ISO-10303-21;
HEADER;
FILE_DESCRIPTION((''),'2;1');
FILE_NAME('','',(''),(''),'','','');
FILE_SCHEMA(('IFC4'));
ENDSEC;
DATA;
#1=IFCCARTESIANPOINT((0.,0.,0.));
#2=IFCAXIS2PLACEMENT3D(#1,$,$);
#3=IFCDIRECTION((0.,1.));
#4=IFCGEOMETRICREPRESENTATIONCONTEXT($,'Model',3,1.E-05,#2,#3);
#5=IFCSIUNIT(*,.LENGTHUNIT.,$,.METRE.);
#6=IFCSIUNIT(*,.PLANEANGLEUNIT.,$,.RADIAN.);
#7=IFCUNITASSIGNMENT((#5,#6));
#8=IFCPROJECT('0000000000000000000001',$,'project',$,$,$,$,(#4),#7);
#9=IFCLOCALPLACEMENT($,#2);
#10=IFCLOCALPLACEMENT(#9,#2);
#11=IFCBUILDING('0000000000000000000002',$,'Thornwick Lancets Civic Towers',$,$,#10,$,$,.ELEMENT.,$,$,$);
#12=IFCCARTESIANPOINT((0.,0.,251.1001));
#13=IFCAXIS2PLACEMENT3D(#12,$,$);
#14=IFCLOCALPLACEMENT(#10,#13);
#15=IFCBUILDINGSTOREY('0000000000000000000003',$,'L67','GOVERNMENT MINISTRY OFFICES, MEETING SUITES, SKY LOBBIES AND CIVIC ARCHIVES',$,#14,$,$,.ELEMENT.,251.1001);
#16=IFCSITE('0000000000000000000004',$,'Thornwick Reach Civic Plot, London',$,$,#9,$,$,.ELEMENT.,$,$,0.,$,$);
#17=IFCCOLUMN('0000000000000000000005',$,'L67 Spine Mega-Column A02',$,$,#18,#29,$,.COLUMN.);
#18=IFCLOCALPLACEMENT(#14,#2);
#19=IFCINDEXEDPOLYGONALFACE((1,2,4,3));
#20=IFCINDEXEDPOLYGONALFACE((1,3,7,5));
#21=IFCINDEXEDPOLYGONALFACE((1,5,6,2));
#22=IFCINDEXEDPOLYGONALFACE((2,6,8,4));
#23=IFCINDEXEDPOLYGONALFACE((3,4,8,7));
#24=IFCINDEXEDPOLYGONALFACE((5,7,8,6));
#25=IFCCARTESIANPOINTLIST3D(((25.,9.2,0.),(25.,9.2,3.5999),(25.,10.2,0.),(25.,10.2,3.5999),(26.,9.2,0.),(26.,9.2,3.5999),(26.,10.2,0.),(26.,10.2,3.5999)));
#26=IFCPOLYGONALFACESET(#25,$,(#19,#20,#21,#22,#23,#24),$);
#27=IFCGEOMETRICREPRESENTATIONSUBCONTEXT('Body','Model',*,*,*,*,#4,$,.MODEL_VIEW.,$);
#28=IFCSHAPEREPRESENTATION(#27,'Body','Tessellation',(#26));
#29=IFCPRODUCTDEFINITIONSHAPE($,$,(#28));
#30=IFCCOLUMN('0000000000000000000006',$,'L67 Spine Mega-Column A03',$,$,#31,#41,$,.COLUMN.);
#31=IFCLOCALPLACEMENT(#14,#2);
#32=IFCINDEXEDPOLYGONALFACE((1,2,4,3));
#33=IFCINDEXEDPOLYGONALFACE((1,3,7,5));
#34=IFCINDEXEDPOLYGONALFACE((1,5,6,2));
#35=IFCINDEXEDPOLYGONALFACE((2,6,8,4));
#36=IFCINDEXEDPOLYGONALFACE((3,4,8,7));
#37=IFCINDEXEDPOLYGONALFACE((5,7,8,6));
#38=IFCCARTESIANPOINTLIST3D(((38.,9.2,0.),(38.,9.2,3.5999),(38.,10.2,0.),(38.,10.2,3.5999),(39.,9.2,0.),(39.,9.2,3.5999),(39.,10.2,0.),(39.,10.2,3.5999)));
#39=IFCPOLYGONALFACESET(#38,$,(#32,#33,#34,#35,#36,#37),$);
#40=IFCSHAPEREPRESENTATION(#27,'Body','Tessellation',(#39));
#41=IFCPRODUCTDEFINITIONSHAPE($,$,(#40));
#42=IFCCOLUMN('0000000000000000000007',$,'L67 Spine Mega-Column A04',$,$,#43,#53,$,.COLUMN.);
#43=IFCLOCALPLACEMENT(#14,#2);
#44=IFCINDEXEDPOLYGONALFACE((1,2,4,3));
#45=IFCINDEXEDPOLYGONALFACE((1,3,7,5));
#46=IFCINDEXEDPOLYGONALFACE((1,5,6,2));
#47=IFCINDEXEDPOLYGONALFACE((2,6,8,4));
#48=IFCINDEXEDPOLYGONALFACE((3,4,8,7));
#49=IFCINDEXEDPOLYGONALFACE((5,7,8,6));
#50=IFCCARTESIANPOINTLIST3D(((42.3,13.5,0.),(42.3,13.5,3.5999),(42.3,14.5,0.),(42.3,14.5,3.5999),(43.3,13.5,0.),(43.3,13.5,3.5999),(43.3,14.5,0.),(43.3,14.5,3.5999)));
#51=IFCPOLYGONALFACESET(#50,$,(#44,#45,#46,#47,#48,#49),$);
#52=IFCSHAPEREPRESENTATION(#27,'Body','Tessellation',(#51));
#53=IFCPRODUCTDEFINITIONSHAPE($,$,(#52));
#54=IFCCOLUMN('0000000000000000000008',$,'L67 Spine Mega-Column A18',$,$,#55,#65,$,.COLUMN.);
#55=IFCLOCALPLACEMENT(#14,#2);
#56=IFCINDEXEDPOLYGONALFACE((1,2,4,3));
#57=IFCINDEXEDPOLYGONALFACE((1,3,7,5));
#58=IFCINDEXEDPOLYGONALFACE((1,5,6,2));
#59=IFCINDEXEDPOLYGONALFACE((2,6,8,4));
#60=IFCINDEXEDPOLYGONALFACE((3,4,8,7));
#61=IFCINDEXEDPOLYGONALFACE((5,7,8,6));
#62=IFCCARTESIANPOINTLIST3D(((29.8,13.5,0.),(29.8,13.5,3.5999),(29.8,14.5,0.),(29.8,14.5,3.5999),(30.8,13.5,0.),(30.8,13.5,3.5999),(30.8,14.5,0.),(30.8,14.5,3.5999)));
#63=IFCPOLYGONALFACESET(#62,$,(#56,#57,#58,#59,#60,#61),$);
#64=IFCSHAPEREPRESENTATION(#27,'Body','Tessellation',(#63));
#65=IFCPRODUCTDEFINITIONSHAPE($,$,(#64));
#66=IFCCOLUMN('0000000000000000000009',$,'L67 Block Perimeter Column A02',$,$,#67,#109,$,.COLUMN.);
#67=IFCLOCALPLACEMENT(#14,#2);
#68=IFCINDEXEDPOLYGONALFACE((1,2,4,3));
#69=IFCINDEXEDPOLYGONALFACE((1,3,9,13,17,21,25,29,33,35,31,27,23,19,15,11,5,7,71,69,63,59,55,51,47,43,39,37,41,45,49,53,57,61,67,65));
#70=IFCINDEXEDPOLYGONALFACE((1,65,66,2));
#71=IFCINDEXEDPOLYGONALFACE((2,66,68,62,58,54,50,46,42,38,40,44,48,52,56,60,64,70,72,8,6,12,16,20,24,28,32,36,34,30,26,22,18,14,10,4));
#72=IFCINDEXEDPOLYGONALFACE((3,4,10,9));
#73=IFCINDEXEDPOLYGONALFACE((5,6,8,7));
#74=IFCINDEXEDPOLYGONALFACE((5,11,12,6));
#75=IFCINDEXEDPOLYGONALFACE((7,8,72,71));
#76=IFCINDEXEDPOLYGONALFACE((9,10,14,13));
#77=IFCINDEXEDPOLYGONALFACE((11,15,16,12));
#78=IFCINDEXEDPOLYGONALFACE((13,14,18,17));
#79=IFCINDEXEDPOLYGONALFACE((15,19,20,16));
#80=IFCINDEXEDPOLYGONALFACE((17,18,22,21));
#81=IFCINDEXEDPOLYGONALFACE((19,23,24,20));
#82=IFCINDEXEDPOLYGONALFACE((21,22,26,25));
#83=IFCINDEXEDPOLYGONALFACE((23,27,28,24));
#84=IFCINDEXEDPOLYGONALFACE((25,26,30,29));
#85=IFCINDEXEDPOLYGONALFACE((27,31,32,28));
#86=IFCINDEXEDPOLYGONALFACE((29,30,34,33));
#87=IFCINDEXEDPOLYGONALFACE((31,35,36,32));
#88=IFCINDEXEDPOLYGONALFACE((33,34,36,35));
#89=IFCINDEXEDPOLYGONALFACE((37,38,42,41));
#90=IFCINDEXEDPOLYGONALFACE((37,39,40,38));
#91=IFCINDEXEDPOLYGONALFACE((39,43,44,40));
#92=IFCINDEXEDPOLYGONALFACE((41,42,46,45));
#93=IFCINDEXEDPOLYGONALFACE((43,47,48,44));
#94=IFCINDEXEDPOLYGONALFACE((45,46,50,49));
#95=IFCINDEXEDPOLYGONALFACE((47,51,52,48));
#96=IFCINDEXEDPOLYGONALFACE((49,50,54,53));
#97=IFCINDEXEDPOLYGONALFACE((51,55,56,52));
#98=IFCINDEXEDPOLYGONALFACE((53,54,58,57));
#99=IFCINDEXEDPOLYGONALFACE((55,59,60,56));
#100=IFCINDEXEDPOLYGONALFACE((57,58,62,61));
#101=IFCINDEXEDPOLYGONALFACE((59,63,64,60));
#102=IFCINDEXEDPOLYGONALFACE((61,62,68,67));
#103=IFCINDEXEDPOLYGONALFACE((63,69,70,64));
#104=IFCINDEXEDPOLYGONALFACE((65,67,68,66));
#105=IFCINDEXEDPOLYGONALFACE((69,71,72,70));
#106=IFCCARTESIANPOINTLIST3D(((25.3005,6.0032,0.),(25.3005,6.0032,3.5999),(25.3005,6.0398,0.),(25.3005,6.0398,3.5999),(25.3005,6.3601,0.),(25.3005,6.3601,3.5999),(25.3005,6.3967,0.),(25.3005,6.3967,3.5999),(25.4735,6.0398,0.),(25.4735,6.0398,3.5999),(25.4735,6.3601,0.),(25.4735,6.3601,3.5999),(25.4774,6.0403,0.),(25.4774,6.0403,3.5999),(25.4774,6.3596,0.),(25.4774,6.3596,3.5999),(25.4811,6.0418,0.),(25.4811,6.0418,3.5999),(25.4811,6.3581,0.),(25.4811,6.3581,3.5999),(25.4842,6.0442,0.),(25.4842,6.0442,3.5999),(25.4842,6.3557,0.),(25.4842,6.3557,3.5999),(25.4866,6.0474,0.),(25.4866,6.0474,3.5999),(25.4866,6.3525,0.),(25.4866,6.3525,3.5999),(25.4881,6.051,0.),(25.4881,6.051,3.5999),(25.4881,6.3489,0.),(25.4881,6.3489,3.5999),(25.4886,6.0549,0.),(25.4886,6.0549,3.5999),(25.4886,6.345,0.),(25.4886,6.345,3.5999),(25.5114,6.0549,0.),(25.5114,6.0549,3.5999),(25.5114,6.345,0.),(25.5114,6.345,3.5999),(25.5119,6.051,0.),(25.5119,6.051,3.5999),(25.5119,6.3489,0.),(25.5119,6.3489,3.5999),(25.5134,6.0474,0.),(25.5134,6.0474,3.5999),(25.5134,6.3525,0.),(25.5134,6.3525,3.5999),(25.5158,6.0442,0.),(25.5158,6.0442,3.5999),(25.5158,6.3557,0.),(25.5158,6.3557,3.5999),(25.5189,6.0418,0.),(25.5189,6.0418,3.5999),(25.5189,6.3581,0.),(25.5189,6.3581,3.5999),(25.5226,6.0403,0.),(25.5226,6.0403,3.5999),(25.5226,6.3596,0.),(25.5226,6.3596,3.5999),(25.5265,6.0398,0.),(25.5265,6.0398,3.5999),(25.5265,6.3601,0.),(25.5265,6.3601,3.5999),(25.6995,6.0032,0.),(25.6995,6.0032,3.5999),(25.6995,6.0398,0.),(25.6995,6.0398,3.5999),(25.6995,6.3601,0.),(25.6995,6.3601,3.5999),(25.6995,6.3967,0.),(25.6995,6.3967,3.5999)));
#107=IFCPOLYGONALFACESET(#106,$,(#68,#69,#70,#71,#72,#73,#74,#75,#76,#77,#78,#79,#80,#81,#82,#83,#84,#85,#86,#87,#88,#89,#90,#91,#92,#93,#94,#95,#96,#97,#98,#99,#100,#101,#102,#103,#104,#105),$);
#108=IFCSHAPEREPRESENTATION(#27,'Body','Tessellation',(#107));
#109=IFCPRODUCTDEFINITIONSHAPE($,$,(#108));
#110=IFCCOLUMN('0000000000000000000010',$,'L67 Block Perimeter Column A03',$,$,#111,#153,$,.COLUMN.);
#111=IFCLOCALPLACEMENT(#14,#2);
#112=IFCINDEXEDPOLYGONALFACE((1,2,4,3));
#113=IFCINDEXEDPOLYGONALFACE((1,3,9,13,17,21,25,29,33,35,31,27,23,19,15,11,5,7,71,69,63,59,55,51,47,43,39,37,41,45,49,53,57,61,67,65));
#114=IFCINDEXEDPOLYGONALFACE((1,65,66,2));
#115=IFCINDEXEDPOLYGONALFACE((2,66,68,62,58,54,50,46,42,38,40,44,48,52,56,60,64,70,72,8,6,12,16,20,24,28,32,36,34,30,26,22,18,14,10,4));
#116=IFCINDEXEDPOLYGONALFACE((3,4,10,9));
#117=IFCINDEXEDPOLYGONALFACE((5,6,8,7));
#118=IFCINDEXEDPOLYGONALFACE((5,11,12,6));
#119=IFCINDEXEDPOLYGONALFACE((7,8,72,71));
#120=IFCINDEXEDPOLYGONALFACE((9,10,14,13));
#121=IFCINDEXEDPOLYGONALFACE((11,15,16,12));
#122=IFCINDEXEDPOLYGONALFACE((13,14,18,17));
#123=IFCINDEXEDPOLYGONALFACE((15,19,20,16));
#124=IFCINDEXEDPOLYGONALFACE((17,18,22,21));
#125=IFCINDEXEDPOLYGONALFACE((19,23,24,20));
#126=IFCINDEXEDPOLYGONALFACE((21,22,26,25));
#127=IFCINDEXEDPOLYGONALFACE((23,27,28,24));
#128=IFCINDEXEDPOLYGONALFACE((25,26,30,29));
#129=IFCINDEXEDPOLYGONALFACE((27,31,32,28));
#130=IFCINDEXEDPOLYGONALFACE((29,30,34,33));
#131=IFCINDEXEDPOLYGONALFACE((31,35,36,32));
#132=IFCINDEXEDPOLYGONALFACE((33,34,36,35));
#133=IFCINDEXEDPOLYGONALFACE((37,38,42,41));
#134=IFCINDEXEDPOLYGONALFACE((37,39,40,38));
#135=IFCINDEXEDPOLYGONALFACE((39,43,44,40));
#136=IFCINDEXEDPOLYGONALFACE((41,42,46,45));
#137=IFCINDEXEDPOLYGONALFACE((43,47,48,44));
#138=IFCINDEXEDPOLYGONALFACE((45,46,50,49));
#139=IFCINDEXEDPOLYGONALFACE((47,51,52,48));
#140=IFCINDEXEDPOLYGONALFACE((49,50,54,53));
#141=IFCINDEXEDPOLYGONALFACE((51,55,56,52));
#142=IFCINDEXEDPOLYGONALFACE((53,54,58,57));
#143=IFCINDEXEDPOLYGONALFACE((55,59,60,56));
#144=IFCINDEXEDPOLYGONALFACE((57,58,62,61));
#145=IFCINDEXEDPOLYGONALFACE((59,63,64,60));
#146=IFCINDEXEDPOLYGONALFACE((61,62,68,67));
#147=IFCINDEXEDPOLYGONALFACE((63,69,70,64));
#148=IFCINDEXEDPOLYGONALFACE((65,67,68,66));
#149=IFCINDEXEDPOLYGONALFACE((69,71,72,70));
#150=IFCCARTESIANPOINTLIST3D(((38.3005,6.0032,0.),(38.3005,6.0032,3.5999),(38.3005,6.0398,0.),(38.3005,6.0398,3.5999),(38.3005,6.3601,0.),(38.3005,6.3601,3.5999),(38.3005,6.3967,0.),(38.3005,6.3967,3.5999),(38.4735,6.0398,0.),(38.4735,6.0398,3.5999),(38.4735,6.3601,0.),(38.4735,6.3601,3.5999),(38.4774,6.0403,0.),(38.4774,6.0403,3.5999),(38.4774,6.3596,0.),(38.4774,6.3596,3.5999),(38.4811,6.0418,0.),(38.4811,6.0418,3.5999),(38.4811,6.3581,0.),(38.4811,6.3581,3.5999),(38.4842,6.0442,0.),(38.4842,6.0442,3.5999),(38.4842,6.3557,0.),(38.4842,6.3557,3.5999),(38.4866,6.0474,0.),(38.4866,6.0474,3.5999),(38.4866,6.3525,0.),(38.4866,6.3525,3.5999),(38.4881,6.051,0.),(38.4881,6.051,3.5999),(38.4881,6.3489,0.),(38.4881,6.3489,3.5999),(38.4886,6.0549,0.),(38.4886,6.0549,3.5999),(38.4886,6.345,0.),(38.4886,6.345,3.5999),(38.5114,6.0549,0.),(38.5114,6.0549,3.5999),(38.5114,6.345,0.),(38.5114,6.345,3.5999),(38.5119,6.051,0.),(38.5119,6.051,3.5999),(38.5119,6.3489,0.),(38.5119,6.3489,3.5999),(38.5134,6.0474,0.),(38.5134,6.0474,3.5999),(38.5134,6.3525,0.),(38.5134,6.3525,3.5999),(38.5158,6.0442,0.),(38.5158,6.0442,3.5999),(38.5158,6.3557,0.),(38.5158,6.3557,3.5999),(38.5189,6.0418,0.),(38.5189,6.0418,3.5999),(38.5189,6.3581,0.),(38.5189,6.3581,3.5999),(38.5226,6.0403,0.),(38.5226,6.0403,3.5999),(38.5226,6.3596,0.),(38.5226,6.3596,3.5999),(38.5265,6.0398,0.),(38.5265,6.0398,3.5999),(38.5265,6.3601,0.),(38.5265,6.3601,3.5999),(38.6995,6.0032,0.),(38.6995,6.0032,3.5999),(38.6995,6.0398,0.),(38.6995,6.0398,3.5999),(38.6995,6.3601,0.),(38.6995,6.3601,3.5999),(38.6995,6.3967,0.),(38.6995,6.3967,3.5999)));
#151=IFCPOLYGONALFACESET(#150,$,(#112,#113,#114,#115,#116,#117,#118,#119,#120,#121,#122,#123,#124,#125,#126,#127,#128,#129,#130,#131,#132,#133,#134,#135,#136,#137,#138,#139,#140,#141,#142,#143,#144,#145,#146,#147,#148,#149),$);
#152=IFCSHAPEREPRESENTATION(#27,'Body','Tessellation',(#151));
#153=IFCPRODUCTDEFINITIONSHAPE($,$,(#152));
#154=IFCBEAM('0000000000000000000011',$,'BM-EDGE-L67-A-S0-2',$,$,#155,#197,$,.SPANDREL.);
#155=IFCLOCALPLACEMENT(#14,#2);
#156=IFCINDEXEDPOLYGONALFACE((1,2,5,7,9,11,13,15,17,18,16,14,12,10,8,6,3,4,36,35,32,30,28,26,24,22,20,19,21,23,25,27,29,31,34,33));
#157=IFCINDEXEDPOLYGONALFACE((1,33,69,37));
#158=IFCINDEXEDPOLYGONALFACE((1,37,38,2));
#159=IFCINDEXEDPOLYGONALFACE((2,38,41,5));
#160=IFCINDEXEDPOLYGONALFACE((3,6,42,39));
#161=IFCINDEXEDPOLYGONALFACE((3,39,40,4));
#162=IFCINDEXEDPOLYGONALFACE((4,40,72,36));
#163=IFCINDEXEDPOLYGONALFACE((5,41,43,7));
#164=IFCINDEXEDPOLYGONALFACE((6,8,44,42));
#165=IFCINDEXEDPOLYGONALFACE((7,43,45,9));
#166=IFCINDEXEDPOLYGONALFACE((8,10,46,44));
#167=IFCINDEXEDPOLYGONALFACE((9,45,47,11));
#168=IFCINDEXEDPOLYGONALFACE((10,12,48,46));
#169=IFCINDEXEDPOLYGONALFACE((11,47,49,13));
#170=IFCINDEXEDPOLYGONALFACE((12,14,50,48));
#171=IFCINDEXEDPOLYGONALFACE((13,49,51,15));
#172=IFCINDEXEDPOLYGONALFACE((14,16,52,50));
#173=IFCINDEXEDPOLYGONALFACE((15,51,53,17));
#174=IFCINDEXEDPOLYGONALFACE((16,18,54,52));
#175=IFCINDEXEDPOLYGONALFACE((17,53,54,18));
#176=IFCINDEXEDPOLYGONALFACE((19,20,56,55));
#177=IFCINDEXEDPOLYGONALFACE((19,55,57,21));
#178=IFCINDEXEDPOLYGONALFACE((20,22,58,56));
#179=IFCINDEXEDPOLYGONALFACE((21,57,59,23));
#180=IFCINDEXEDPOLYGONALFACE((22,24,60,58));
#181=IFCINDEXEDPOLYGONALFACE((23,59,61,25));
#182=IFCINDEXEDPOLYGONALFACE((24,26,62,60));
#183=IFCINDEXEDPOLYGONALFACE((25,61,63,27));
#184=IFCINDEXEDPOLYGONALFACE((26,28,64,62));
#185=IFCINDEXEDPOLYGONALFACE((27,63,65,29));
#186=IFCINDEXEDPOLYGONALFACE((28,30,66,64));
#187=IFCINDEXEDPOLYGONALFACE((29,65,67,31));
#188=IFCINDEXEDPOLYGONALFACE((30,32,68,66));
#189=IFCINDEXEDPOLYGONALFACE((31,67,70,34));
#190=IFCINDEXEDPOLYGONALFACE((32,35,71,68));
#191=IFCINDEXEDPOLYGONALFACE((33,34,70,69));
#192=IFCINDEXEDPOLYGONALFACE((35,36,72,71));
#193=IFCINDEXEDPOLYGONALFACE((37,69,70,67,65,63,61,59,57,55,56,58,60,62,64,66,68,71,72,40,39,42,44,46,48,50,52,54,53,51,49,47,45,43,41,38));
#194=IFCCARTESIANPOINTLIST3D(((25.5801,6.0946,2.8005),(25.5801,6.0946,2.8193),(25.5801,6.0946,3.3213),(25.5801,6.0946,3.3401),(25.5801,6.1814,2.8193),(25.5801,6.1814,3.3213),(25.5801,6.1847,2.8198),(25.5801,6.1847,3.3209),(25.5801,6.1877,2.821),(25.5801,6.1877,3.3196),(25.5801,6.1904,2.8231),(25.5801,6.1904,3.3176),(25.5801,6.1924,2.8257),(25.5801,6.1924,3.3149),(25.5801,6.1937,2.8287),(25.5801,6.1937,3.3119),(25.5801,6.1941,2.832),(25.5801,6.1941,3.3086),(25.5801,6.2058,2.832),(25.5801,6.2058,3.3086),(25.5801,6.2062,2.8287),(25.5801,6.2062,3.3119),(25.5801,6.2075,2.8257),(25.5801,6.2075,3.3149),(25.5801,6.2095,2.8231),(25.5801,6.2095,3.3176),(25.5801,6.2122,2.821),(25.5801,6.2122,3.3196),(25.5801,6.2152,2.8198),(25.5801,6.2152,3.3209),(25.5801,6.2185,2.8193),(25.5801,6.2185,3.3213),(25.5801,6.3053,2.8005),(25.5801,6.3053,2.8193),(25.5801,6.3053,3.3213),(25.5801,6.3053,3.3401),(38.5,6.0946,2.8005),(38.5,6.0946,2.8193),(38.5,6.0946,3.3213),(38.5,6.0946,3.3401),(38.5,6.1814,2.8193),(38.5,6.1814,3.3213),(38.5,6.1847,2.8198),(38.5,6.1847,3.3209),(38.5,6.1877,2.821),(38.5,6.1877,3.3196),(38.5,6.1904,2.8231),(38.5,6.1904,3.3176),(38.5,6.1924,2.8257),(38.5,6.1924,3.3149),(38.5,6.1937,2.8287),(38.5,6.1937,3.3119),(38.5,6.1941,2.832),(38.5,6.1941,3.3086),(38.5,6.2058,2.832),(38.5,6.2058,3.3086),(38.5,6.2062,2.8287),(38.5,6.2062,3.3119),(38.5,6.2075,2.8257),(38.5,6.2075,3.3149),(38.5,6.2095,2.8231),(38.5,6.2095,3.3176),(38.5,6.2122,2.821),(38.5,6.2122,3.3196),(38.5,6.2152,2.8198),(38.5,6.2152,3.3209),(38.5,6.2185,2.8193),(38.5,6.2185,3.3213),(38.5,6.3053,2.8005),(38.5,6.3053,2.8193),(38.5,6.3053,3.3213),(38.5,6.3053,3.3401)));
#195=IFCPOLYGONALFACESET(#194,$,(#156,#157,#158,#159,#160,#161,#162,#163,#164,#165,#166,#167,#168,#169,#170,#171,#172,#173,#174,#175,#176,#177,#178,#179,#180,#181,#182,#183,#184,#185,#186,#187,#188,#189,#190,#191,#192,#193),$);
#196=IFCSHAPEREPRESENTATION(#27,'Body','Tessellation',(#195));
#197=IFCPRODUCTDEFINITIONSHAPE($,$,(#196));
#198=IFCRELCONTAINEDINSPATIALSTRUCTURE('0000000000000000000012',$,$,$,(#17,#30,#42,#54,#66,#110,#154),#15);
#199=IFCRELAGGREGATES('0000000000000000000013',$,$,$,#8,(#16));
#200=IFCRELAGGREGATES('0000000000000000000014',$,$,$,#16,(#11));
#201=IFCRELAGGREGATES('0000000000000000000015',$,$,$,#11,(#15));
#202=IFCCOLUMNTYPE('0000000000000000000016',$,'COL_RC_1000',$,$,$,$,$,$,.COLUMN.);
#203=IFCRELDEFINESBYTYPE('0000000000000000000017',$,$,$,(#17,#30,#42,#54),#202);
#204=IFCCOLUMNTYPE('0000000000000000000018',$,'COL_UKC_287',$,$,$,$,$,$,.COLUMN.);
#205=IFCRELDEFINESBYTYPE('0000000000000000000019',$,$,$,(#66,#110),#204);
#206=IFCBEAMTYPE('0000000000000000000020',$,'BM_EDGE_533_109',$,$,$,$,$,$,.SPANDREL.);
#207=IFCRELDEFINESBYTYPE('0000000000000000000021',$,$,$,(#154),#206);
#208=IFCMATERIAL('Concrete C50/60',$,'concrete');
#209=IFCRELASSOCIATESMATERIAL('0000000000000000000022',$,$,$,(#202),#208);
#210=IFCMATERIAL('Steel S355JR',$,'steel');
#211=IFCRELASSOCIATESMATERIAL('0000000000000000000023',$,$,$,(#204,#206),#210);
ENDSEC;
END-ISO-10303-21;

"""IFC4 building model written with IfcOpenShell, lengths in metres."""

from ifc_helpers import new_model, si_unit, direction, frame, origin, origin_2d, place, context, subcontext, project, spatial, rectangle, i_section, extrude, material, material_profile, profile_set, type_object, element, save


model = new_model("IFC4")

# Units and contexts
model_context = context("Model", 3, precision=1e-05, world=origin(), true_north=direction((0.0, 1.0)))
body_context = subcontext(model_context, "Body", "Model", "MODEL_VIEW")
ifc_project = project(units=[si_unit("LENGTHUNIT", "METRE"), si_unit("PLANEANGLEUNIT", "RADIAN")], contexts=[model_context])

# Site, building, storey
site_placement = place(None, origin())
site = spatial("IfcSite", under=ifc_project, at=site_placement, Name="Thornwick Reach Civic Plot, London", CompositionType="ELEMENT", RefElevation=0.0)
building_placement = place(site_placement, origin())
building = spatial("IfcBuilding", under=site, at=building_placement, Name="Thornwick Lancets Civic Towers", CompositionType="ELEMENT")
storey_placement = place(building_placement, frame((0.0, 0.0, 251.1001)))
storey = spatial("IfcBuildingStorey", under=building, at=storey_placement, Name="L67", Description="GOVERNMENT MINISTRY OFFICES, MEETING SUITES, SKY LOBBIES AND CIVIC ARCHIVES", CompositionType="ELEMENT", Elevation=251.1001)

# Columns
ifc_material_1 = material(Name="Concrete C50/60", Category="concrete")
ifc_material_profile_1 = material_profile(ifc_material_1, rectangle(XDim=1.0, YDim=1.0, at=origin_2d()), Name="RC 1000x1000")
ifc_profile_set_1 = profile_set([ifc_material_profile_1], Name="Concrete C50/60")
column_type_1 = type_object("IfcColumnType", Name="COL_RC_1000", PredefinedType="COLUMN", material=ifc_profile_set_1)
for number, where, z_axis, x_axis, name in (
    (1, (25.5, 9.7, 0.0), (0.0, 0.0, 1.0), (1.0, 0.0, 0.0), "L67 Spine Mega-Column A02"),
    (2, (38.5, 9.7, 0.0), (0.0, 0.0, 1.0), (1.0, 0.0, 0.0), "L67 Spine Mega-Column A03"),
    (3, (42.8, 14.0, 0.0), (0.0, 0.0, 1.0), (1.0, 0.0, 0.0), "L67 Spine Mega-Column A04"),
    (4, (30.3, 14.0, 0.0), (0.0, 0.0, 1.0), (1.0, 0.0, 0.0), "L67 Spine Mega-Column A18"),
):
    element("IfcColumn", number, at=place(storey_placement, frame(where, z_axis=z_axis, x_axis=x_axis)), inside=storey, type_object=column_type_1, Name=name, PredefinedType="COLUMN", context=body_context, shape_type="SweptSolid", body=[
        extrude(rectangle(XDim=1.0, YDim=1.0, at=origin_2d()), origin(), (0.0, 0.0, 1.0), 3.5999),
    ])
ifc_material_2 = material(Name="Steel S355JR", Category="steel")
ifc_material_profile_2 = material_profile(ifc_material_2, i_section(OverallWidth=0.3989, OverallDepth=0.3936, WebThickness=0.0227, FlangeThickness=0.0366, FilletRadius=0.0151, at=origin_2d()), Name="UKC 356x406x287")
ifc_profile_set_2 = profile_set([ifc_material_profile_2], Name="Steel S355JR")
column_type_2 = type_object("IfcColumnType", Name="COL_UKC_287", PredefinedType="COLUMN", material=ifc_profile_set_2)
for number, where, z_axis, x_axis, name in (
    (5, (25.5, 6.2, 0.0), (0.0, 0.0, 1.0), (1.0, 0.0, 0.0), "L67 Block Perimeter Column A02"),
    (6, (38.5, 6.2, 0.0), (0.0, 0.0, 1.0), (1.0, 0.0, 0.0), "L67 Block Perimeter Column A03"),
):
    element("IfcColumn", number, at=place(storey_placement, frame(where, z_axis=z_axis, x_axis=x_axis)), inside=storey, type_object=column_type_2, Name=name, PredefinedType="COLUMN", context=body_context, shape_type="SweptSolid", body=[
        extrude(i_section(OverallWidth=0.3989, OverallDepth=0.3936, WebThickness=0.0227, FlangeThickness=0.0366, FilletRadius=0.0151, at=origin_2d()), origin(), (0.0, 0.0, 1.0), 3.5999),
    ])

# Beam
ifc_material_profile_3 = material_profile(ifc_material_2, i_section(OverallWidth=0.2107, OverallDepth=0.5396, WebThickness=0.0117, FlangeThickness=0.0188, FilletRadius=0.0127, at=origin_2d()), Name="UKB 533x210x109")
ifc_profile_set_3 = profile_set([ifc_material_profile_3], Name="Steel S355JR")
beam_type_1 = type_object("IfcBeamType", Name="BM_EDGE_533_109", PredefinedType="SPANDREL", material=ifc_profile_set_3)
beam_1_placement = place(storey_placement, frame((25.5801, 6.2, 3.0703), z_axis=(1.0, 0.0, 0.0), x_axis=(0.0, 1.0, 0.0)))
element("IfcBeam", 7, at=beam_1_placement, inside=storey, type_object=beam_type_1, Name="BM-EDGE-L67-A-S0-2", PredefinedType="SPANDREL", context=body_context, shape_type="SweptSolid", body=[
    extrude(i_section(OverallWidth=0.2107, OverallDepth=0.5396, WebThickness=0.0117, FlangeThickness=0.0188, FilletRadius=0.0127, at=origin_2d()), origin(), (0.0, 0.0, 1.0), 12.9199),
])

save(model, "model.ifc")
